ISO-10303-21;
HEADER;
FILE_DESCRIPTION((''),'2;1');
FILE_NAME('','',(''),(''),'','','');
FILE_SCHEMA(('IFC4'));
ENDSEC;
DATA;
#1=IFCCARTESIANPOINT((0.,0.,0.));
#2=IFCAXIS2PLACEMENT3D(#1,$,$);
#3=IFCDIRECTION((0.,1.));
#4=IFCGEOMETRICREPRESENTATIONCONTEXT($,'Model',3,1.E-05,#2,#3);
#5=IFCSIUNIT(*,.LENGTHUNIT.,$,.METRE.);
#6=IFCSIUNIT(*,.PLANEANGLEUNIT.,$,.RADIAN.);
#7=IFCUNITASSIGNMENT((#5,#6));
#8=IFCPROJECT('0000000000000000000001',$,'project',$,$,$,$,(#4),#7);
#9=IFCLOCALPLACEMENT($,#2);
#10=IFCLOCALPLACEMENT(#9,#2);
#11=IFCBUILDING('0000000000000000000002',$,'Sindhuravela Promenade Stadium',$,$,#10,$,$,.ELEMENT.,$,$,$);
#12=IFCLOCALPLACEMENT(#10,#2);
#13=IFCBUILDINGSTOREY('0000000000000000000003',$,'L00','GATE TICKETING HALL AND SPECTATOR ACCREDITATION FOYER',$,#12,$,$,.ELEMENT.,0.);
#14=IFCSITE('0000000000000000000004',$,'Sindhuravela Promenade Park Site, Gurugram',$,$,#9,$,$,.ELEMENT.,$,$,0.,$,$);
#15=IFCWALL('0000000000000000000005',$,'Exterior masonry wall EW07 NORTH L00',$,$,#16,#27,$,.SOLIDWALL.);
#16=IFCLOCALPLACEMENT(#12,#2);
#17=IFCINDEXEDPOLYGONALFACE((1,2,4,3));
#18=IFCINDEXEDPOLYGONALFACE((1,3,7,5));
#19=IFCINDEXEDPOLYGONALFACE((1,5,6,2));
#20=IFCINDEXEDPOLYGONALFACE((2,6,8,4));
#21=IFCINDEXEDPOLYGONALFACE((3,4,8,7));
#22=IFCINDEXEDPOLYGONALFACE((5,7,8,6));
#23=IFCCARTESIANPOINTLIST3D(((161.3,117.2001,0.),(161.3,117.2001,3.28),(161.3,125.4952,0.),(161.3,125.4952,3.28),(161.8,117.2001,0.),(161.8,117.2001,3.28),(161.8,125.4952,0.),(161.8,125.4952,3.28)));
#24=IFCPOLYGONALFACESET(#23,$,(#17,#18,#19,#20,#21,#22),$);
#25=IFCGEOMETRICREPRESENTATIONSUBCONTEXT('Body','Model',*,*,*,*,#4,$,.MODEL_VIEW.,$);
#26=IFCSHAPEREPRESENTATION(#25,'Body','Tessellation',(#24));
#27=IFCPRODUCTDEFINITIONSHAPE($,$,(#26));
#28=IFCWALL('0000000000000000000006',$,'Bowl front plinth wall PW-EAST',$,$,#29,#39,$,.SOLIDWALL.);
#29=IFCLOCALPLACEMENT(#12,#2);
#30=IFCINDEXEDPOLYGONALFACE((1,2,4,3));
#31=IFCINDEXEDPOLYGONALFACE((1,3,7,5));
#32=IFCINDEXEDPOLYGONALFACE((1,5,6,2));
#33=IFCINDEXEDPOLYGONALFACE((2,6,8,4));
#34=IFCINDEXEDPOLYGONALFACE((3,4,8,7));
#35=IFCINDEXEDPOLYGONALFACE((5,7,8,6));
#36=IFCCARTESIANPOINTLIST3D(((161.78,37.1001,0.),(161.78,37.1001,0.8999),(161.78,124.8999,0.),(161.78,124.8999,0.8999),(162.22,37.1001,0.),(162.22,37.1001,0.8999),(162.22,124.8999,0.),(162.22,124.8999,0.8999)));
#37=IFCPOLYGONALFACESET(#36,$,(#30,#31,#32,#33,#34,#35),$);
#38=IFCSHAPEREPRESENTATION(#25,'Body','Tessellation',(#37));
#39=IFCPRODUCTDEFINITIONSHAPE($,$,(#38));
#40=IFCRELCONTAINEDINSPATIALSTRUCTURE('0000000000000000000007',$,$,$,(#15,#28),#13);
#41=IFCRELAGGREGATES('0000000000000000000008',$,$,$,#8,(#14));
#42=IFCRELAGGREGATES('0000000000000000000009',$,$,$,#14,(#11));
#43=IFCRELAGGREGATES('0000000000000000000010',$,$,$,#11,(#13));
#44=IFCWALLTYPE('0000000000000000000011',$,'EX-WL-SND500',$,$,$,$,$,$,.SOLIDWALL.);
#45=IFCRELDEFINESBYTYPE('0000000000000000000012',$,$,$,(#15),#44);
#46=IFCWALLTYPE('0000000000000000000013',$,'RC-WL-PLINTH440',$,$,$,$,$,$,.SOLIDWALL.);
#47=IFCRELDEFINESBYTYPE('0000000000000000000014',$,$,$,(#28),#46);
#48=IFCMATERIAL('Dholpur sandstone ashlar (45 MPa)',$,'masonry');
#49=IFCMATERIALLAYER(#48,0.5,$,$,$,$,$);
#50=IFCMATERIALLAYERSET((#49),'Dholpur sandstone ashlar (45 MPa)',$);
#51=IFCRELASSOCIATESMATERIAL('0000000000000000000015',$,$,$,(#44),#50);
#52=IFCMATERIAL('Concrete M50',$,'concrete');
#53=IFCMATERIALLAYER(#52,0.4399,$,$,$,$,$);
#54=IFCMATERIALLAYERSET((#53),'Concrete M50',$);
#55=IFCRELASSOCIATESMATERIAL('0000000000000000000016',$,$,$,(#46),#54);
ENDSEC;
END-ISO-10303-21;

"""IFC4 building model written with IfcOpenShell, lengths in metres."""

from ifc_helpers import new_model, si_unit, direction, frame, frame_2d, origin, place, context, subcontext, project, spatial, rectangle, extrude, material, layer, layer_set, type_object, element, save


model = new_model("IFC4")

# Units and contexts
model_context = context("Model", 3, precision=1e-05, world=origin(), true_north=direction((0.0, 1.0)))
body_context = subcontext(model_context, "Body", "Model", "MODEL_VIEW")
ifc_project = project(units=[si_unit("LENGTHUNIT", "METRE"), si_unit("PLANEANGLEUNIT", "RADIAN")], contexts=[model_context])

# Site, building, storey
site_placement = place(None, origin())
site = spatial("IfcSite", under=ifc_project, at=site_placement, Name="Sindhuravela Promenade Park Site, Gurugram", CompositionType="ELEMENT", RefElevation=0.0)
building_placement = place(site_placement, origin())
building = spatial("IfcBuilding", under=site, at=building_placement, Name="Sindhuravela Promenade Stadium", CompositionType="ELEMENT")
storey_placement = place(building_placement, origin())
storey = spatial("IfcBuildingStorey", under=building, at=storey_placement, Name="L00", Description="GATE TICKETING HALL AND SPECTATOR ACCREDITATION FOYER", CompositionType="ELEMENT", Elevation=0.0)

# Shared definitions
ifc_material_1 = material(Name="Concrete M50", Category="concrete")

# Walls
ifc_material_2 = material(Name="Dholpur sandstone ashlar (45 MPa)", Category="masonry")
ifc_layer_1 = layer(ifc_material_2, 0.5)
ifc_layer_set_1 = layer_set([ifc_layer_1], Name="Dholpur sandstone ashlar (45 MPa)")
wall_type_1 = type_object("IfcWallType", Name="EX-WL-SND500", PredefinedType="SOLIDWALL", material=ifc_layer_set_1)
wall_1_placement = place(storey_placement, frame((161.55, 125.4951, 0.0), z_axis=(0.0, 0.0, 1.0), x_axis=(0.0, -1.0, 0.0)))
element("IfcWall", 1, at=wall_1_placement, inside=storey, type_object=wall_type_1, Name="Exterior masonry wall EW07 NORTH L00", PredefinedType="SOLIDWALL", context=body_context, shape_type="SweptSolid", body=[
    extrude(rectangle(XDim=8.2952, YDim=0.5, at=frame_2d((4.1475, 0.0))), origin(), (0.0, 0.0, 1.0), 3.28),
])
ifc_layer_2 = layer(ifc_material_1, 0.4399)
ifc_layer_set_2 = layer_set([ifc_layer_2], Name="Concrete M50")
wall_type_2 = type_object("IfcWallType", Name="RC-WL-PLINTH440", PredefinedType="SOLIDWALL", material=ifc_layer_set_2)
wall_2_placement = place(storey_placement, frame((162.0, 124.8999, 0.0), z_axis=(0.0, 0.0, 1.0), x_axis=(0.0, -1.0, 0.0)))
element("IfcWall", 2, at=wall_2_placement, inside=storey, type_object=wall_type_2, Name="Bowl front plinth wall PW-EAST", PredefinedType="SOLIDWALL", context=body_context, shape_type="SweptSolid", body=[
    extrude(rectangle(XDim=87.7998, YDim=0.4399, at=frame_2d((43.8999, 0.0))), origin(), (0.0, 0.0, 1.0), 0.8999),
])

save(model, "model.ifc")
